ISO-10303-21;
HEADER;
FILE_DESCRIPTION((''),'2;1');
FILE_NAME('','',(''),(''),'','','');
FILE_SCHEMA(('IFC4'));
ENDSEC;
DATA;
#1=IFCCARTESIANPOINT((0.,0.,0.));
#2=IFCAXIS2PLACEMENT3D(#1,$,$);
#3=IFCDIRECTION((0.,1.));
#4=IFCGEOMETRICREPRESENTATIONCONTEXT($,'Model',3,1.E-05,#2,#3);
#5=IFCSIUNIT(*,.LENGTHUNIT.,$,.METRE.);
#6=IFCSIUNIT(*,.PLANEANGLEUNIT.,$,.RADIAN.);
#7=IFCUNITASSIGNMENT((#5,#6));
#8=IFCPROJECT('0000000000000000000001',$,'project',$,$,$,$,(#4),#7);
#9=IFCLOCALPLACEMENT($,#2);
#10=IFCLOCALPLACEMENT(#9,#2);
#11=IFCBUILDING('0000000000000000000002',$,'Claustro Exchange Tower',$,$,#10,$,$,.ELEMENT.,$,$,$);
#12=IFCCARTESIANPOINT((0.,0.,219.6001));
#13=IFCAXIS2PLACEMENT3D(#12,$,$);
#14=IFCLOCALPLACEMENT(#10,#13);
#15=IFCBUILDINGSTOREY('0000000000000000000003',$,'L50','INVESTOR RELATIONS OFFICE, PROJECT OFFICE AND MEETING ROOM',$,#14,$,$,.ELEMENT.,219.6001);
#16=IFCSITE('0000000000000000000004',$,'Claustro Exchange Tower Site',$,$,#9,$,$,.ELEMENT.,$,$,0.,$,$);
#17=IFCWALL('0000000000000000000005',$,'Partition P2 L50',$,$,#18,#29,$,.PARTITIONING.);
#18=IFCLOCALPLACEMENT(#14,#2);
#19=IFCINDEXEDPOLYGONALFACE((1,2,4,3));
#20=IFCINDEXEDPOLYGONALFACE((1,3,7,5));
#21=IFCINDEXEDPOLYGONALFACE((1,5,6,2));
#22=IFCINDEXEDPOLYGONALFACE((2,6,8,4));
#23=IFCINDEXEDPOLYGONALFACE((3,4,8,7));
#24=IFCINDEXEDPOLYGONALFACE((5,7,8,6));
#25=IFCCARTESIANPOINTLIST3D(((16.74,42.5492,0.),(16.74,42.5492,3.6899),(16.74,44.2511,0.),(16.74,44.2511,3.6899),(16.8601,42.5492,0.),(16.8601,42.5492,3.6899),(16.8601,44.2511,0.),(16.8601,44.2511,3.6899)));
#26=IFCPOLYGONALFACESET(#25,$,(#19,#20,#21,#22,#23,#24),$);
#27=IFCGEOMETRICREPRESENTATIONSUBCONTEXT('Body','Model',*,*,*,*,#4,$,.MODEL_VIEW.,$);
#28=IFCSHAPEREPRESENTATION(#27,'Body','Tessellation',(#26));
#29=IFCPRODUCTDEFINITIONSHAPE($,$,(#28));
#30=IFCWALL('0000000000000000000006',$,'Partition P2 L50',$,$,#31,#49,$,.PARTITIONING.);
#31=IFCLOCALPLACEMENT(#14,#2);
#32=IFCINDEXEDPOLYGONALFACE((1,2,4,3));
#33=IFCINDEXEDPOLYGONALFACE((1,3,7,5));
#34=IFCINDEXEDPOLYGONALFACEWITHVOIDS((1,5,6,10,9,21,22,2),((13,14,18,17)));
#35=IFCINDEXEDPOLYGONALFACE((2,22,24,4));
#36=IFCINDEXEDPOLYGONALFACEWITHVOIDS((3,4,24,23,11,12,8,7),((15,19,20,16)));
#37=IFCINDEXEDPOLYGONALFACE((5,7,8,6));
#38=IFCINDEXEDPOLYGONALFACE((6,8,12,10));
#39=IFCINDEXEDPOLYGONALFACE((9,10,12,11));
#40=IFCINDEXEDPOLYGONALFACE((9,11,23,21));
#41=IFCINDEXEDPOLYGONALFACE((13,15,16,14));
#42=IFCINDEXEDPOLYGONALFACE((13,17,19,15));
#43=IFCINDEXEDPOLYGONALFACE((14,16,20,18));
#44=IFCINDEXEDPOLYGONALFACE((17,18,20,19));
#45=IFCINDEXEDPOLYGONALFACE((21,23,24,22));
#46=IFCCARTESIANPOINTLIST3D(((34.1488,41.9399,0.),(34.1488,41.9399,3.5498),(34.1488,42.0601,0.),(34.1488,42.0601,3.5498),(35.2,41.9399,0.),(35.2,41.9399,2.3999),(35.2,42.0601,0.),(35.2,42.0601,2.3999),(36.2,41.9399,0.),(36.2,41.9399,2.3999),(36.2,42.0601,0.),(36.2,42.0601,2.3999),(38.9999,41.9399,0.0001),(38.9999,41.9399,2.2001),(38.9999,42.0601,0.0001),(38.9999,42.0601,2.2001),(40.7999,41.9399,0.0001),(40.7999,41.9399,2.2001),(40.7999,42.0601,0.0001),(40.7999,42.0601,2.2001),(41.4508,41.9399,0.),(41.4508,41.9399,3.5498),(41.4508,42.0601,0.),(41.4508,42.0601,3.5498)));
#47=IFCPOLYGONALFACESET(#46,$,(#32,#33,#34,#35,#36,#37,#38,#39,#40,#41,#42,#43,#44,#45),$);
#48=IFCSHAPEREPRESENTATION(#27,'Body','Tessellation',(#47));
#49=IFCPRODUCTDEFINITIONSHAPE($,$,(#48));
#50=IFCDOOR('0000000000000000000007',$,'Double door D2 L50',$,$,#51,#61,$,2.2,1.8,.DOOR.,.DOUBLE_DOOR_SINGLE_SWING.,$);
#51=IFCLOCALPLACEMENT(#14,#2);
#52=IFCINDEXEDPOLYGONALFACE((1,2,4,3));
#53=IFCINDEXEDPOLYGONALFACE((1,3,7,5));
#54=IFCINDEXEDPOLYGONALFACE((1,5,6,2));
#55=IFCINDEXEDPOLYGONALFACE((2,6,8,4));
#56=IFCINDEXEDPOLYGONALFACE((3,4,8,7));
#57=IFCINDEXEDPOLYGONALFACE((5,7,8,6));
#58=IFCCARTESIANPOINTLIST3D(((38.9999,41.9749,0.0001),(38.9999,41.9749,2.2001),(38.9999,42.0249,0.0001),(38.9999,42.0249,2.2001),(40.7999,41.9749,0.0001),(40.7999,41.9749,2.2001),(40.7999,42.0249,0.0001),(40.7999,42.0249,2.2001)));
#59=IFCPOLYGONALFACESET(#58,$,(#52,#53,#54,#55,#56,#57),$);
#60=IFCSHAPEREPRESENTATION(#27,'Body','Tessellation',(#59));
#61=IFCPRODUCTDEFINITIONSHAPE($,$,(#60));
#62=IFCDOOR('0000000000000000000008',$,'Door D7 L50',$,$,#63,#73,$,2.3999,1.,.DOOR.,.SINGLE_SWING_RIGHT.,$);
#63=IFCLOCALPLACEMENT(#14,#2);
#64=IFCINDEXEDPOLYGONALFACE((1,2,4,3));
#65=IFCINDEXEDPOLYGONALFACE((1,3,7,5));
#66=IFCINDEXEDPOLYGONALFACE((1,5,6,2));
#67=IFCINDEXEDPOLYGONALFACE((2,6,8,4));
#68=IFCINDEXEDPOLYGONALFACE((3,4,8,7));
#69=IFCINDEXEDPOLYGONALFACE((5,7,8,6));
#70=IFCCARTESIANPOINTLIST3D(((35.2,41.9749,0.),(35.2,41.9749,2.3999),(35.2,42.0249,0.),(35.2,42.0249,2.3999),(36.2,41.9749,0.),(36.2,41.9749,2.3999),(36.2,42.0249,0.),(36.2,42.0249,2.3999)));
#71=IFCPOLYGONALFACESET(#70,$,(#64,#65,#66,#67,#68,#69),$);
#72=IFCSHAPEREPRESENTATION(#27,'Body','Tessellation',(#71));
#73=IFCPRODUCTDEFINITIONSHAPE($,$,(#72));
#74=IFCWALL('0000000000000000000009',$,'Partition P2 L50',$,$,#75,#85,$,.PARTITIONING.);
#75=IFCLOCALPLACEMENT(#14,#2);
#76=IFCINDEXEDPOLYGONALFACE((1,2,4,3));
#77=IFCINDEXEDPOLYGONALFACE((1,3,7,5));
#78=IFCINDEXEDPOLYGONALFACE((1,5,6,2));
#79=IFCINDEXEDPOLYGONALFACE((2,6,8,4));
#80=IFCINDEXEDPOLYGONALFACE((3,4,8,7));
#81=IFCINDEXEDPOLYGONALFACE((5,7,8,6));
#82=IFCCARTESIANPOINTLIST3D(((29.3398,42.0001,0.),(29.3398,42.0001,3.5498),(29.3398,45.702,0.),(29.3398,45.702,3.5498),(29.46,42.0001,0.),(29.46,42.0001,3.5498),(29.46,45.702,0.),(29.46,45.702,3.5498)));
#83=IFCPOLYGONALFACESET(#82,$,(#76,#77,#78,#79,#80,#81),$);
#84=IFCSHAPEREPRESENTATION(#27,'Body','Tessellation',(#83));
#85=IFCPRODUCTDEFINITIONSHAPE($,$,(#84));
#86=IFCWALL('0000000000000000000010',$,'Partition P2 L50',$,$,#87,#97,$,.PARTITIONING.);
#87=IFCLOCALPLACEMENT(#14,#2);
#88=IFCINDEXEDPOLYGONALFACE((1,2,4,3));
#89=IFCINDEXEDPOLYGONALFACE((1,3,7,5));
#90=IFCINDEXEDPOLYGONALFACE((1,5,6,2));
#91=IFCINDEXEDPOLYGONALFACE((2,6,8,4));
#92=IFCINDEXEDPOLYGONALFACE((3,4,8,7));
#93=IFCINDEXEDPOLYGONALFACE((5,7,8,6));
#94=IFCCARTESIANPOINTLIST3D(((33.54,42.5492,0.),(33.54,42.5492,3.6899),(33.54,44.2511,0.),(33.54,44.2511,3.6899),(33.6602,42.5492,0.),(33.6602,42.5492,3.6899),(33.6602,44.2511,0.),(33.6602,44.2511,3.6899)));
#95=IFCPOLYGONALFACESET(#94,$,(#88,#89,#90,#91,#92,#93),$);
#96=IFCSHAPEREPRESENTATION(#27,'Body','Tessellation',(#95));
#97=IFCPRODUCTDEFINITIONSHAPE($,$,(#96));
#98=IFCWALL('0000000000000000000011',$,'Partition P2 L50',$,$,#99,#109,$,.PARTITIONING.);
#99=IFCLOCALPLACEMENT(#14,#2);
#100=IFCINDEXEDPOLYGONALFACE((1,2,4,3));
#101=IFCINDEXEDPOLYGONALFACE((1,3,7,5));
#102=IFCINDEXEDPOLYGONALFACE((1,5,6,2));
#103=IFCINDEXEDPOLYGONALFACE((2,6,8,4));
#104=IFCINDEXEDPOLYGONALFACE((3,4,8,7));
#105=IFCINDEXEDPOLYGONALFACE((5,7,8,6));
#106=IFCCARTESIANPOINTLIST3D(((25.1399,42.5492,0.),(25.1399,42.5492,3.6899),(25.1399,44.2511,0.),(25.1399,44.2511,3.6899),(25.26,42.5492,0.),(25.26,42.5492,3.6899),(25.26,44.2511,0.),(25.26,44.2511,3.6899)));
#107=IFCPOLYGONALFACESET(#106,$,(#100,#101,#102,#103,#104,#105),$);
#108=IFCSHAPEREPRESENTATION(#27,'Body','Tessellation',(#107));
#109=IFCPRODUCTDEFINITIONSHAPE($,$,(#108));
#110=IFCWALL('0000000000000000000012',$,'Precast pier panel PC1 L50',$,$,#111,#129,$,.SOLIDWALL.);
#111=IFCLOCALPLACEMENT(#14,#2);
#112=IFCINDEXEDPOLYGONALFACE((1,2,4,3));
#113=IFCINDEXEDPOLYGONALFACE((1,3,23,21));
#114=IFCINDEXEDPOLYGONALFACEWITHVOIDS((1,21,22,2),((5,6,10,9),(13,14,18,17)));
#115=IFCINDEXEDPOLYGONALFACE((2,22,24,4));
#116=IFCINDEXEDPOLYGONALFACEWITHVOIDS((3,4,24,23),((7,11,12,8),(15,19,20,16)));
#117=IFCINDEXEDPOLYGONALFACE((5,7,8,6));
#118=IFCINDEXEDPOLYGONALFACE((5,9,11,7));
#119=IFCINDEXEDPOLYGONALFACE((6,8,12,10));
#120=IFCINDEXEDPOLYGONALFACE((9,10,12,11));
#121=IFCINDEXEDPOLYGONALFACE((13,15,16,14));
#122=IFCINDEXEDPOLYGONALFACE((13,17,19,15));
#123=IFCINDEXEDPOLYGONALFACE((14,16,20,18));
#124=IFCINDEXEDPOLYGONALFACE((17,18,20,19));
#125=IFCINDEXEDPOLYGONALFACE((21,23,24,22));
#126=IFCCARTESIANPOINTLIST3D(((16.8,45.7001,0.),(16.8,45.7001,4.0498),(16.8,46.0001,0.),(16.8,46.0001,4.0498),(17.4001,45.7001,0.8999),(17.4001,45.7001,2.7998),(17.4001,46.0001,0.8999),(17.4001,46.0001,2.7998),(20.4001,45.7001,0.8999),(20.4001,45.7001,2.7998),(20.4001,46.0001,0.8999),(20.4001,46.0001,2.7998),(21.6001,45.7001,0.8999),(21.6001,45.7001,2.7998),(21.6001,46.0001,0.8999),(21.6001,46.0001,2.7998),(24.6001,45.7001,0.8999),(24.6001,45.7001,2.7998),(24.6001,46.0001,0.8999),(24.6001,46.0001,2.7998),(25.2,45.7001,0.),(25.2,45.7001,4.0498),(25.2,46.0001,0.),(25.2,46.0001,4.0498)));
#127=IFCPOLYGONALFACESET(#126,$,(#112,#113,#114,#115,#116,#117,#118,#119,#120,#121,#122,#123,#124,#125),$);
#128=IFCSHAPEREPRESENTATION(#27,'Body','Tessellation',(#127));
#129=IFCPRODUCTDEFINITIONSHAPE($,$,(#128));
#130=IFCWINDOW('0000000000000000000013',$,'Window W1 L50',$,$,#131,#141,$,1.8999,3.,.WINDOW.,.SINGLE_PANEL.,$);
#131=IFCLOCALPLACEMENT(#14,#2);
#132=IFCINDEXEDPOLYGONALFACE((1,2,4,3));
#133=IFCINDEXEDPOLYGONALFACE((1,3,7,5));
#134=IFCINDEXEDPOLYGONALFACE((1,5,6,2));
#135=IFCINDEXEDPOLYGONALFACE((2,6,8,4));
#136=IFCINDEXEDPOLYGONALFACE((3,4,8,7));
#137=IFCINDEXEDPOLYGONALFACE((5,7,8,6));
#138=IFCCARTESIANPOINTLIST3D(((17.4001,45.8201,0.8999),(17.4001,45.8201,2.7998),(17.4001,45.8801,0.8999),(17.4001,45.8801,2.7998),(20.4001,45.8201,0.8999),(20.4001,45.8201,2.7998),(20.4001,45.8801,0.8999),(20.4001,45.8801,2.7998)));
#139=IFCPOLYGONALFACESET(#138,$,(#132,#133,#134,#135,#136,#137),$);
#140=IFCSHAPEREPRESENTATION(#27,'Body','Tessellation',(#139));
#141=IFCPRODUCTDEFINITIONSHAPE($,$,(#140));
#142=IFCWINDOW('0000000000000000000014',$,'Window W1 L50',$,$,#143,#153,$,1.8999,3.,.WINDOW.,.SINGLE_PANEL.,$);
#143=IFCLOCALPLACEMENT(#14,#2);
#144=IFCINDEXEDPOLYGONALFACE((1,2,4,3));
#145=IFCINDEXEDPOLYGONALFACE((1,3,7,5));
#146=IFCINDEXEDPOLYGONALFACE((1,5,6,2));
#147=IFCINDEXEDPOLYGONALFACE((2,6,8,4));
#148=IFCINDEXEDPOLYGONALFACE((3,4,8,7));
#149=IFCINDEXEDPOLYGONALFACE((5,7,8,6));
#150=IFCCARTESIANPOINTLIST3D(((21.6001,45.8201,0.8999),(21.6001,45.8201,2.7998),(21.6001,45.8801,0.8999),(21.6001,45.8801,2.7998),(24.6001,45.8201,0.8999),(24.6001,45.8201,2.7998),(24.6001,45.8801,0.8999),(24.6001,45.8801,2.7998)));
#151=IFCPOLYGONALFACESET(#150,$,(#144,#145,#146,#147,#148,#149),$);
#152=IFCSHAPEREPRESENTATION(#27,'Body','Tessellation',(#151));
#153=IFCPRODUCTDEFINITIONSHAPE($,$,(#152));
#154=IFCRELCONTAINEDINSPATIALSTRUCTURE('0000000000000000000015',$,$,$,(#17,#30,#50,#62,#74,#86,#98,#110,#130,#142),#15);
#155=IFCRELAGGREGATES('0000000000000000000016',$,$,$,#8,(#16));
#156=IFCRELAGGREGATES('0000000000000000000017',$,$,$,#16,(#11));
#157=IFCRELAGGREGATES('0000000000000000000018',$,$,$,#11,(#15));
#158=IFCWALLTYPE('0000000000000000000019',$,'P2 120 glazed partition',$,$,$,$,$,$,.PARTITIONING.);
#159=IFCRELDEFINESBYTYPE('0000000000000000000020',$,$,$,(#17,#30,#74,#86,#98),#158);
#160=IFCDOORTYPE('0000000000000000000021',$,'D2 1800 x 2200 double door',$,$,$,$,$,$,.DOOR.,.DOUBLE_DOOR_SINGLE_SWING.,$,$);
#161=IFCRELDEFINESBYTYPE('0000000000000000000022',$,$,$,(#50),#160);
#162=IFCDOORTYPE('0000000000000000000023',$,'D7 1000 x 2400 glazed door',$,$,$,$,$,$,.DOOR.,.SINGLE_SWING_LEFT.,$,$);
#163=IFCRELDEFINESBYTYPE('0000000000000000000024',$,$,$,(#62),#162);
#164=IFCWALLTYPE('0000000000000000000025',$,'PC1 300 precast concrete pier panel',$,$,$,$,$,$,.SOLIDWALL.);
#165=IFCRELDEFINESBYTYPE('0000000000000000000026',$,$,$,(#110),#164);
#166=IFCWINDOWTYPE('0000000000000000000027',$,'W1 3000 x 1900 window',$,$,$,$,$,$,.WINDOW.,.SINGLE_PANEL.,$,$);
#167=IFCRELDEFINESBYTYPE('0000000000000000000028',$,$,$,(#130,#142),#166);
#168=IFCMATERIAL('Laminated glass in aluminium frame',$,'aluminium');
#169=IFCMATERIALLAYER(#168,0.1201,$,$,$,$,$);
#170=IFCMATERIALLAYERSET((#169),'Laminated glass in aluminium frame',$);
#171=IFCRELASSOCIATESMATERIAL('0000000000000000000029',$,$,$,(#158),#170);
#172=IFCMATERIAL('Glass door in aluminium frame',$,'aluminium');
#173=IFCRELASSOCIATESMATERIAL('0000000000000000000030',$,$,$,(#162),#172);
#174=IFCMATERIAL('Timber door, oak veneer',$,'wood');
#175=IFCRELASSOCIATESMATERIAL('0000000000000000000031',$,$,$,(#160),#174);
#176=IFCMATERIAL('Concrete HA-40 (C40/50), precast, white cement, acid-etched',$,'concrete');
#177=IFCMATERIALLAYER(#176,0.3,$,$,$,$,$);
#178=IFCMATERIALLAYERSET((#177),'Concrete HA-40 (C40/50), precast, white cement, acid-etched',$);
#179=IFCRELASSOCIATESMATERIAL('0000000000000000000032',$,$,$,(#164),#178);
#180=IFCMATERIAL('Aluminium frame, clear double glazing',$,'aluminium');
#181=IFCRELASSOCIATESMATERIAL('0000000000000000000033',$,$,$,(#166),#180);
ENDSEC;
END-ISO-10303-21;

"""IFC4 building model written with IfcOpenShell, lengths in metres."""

from ifc_helpers import new_model, si_unit, direction, frame, frame_2d, origin, place, context, subcontext, project, spatial, rectangle, extrude, material, layer, layer_set, type_object, element, fill, save


model = new_model("IFC4")

# Units and contexts
model_context = context("Model", 3, precision=1e-05, world=origin(), true_north=direction((0.0, 1.0)))
body_context = subcontext(model_context, "Body", "Model", "MODEL_VIEW")
ifc_project = project(units=[si_unit("LENGTHUNIT", "METRE"), si_unit("PLANEANGLEUNIT", "RADIAN")], contexts=[model_context])

# Site, building, storey
site_placement = place(None, origin())
site = spatial("IfcSite", under=ifc_project, at=site_placement, Name="Claustro Exchange Tower Site", CompositionType="ELEMENT", RefElevation=0.0)
building_placement = place(site_placement, origin())
building = spatial("IfcBuilding", under=site, at=building_placement, Name="Claustro Exchange Tower", CompositionType="ELEMENT")
storey_placement = place(building_placement, frame((0.0, 0.0, 219.6001)))
storey = spatial("IfcBuildingStorey", under=building, at=storey_placement, Name="L50", Description="INVESTOR RELATIONS OFFICE, PROJECT OFFICE AND MEETING ROOM", CompositionType="ELEMENT", Elevation=219.6001)

# Wall
ifc_material_1 = material(Name="Laminated glass in aluminium frame", Category="aluminium")
ifc_layer_1 = layer(ifc_material_1, 0.1201)
ifc_layer_set_1 = layer_set([ifc_layer_1], Name="Laminated glass in aluminium frame")
wall_type_1 = type_object("IfcWallType", Name="P2 120 glazed partition", PredefinedType="PARTITIONING", material=ifc_layer_set_1)
wall_1_placement = place(storey_placement, frame((16.8, 42.5491, 0.0), z_axis=(0.0, 0.0, 1.0), x_axis=(0.0, 1.0, 0.0)))
element("IfcWall", 1, at=wall_1_placement, inside=storey, type_object=wall_type_1, Name="Partition P2 L50", PredefinedType="PARTITIONING", context=body_context, shape_type="SweptSolid", body=[
    extrude(rectangle(XDim=1.7019, YDim=0.1201, at=frame_2d((0.8511, 0.0))), origin(), (0.0, 0.0, 1.0), 3.6899),
])

# Shared definitions
ifc_material_2 = material(Name="Glass door in aluminium frame", Category="aluminium")
door_type_1 = type_object("IfcDoorType", Name="D7 1000 x 2400 glazed door", OperationType="SINGLE_SWING_LEFT", PredefinedType="DOOR", material=ifc_material_2)

# Wall, openings, doors
wall_2_placement = place(storey_placement, frame((34.1489, 42.0, 0.0), z_axis=(0.0, 0.0, 1.0), x_axis=(1.0, 0.0, 0.0)))
wall_2 = element("IfcWall", 2, at=wall_2_placement, inside=storey, type_object=wall_type_1, Name="Partition P2 L50", PredefinedType="PARTITIONING", context=body_context, shape_type="SweptSolid", body=[
    extrude(rectangle(XDim=7.302, YDim=0.1201, at=frame_2d((3.6509, 0.0))), origin(), (0.0, 0.0, 1.0), 3.5498),
])
opening_1_placement = place(wall_2_placement, frame((1.051, 0.0, 0.0)))
opening_1 = element("IfcOpeningElement", 3, at=opening_1_placement, cuts=wall_2, PredefinedType="OPENING", context=body_context, shape_type="SweptSolid", body=[
    extrude(rectangle(XDim=1.0, YDim=2.3999, at=frame_2d((0.5, 1.2))), frame((0.0, 0.0701, 0.0), z_axis=(0.0, -1.0, 0.0), x_axis=(1.0, 0.0, 0.0)), (0.0, 0.0, 1.0), 0.1401),
])
opening_2_placement = place(wall_2_placement, frame((4.8511, 0.0, 0.0)))
opening_2 = element("IfcOpeningElement", 4, at=opening_2_placement, cuts=wall_2, PredefinedType="OPENING", context=body_context, shape_type="SweptSolid", body=[
    extrude(rectangle(XDim=1.8, YDim=2.2, at=frame_2d((0.8999, 1.1001))), frame((0.0, 0.0701, 0.0), z_axis=(0.0, -1.0, 0.0), x_axis=(1.0, 0.0, 0.0)), (0.0, 0.0, 1.0), 0.1401),
])
ifc_material_3 = material(Name="Timber door, oak veneer", Category="wood")
door_type_2 = type_object("IfcDoorType", Name="D2 1800 x 2200 double door", OperationType="DOUBLE_DOOR_SINGLE_SWING", PredefinedType="DOOR", material=ifc_material_3)
door_1_placement = place(opening_2_placement, origin())
door_1 = element("IfcDoor", 5, at=door_1_placement, inside=storey, type_object=door_type_2, Name="Double door D2 L50", OperationType="DOUBLE_DOOR_SINGLE_SWING", OverallHeight=2.2, OverallWidth=1.8, PredefinedType="DOOR", context=body_context, shape_type="SweptSolid", body=[
    extrude(rectangle(XDim=1.8, YDim=2.2, at=frame_2d((0.8999, 1.1001))), frame((0.0, 0.0249, 0.0), z_axis=(0.0, -1.0, 0.0), x_axis=(1.0, 0.0, 0.0)), (0.0, 0.0, 1.0), 0.05),
])
fill(opening_2, door_1)
door_2_placement = place(opening_1_placement, origin())
door_2 = element("IfcDoor", 6, at=door_2_placement, inside=storey, type_object=door_type_1, Name="Door D7 L50", OperationType="SINGLE_SWING_RIGHT", OverallHeight=2.3999, OverallWidth=1.0, PredefinedType="DOOR", context=body_context, shape_type="SweptSolid", body=[
    extrude(rectangle(XDim=1.0, YDim=2.3999, at=frame_2d((0.5, 1.2))), frame((0.0, 0.0249, 0.0), z_axis=(0.0, -1.0, 0.0), x_axis=(1.0, 0.0, 0.0)), (0.0, 0.0, 1.0), 0.05),
])
fill(opening_1, door_2)

# Walls
wall_3_placement = place(storey_placement, frame((29.3999, 42.0, 0.0), z_axis=(0.0, 0.0, 1.0), x_axis=(0.0, 1.0, 0.0)))
element("IfcWall", 7, at=wall_3_placement, inside=storey, type_object=wall_type_1, Name="Partition P2 L50", PredefinedType="PARTITIONING", context=body_context, shape_type="SweptSolid", body=[
    extrude(rectangle(XDim=3.7019, YDim=0.1201, at=frame_2d((1.8511, 0.0))), origin(), (0.0, 0.0, 1.0), 3.5498),
])
for number, where, z_axis, x_axis, name in (
    (8, (33.6001, 42.5491, 0.0), (0.0, 0.0, 1.0), (0.0, 1.0, 0.0), "Partition P2 L50"),
    (9, (25.2, 42.5491, 0.0), (0.0, 0.0, 1.0), (0.0, 1.0, 0.0), "Partition P2 L50"),
):
    element("IfcWall", number, at=place(storey_placement, frame(where, z_axis=z_axis, x_axis=x_axis)), inside=storey, type_object=wall_type_1, Name=name, PredefinedType="PARTITIONING", context=body_context, shape_type="SweptSolid", body=[
        extrude(rectangle(XDim=1.7019, YDim=0.1201, at=frame_2d((0.8511, 0.0))), origin(), (0.0, 0.0, 1.0), 3.6899),
    ])

# Wall, openings, windows
ifc_material_4 = material(Name="Concrete HA-40 (C40/50), precast, white cement, acid-etched", Category="concrete")
ifc_layer_2 = layer(ifc_material_4, 0.3)
ifc_layer_set_2 = layer_set([ifc_layer_2], Name="Concrete HA-40 (C40/50), precast, white cement, acid-etched")
wall_type_2 = type_object("IfcWallType", Name="PC1 300 precast concrete pier panel", PredefinedType="SOLIDWALL", material=ifc_layer_set_2)
wall_4_placement = place(storey_placement, frame((16.8, 45.8501, 0.0), z_axis=(0.0, 0.0, 1.0), x_axis=(1.0, 0.0, 0.0)))
wall_4 = element("IfcWall", 10, at=wall_4_placement, inside=storey, type_object=wall_type_2, Name="Precast pier panel PC1 L50", PredefinedType="SOLIDWALL", context=body_context, shape_type="SweptSolid", body=[
    extrude(rectangle(XDim=8.3999, YDim=0.3, at=frame_2d((4.2, 0.0))), origin(), (0.0, 0.0, 1.0), 4.0498),
])
opening_3_placement = place(wall_4_placement, frame((0.6001, 0.0, 0.8999)))
opening_3 = element("IfcOpeningElement", 11, at=opening_3_placement, cuts=wall_4, PredefinedType="OPENING", context=body_context, shape_type="SweptSolid", body=[
    extrude(rectangle(XDim=3.0, YDim=1.8999, at=frame_2d((1.5, 0.95))), frame((0.0, 0.1599, 0.0), z_axis=(0.0, -1.0, 0.0), x_axis=(1.0, 0.0, 0.0)), (0.0, 0.0, 1.0), 0.3201),
])
opening_4_placement = place(wall_4_placement, frame((4.8, 0.0, 0.8999)))
opening_4 = element("IfcOpeningElement", 12, at=opening_4_placement, cuts=wall_4, PredefinedType="OPENING", context=body_context, shape_type="SweptSolid", body=[
    extrude(rectangle(XDim=3.0, YDim=1.8999, at=frame_2d((1.5, 0.95))), frame((0.0, 0.1599, 0.0), z_axis=(0.0, -1.0, 0.0), x_axis=(1.0, 0.0, 0.0)), (0.0, 0.0, 1.0), 0.3201),
])
ifc_material_5 = material(Name="Aluminium frame, clear double glazing", Category="aluminium")
window_type = type_object("IfcWindowType", Name="W1 3000 x 1900 window", PartitioningType="SINGLE_PANEL", PredefinedType="WINDOW", material=ifc_material_5)
window_1_placement = place(opening_3_placement, origin())
window_1 = element("IfcWindow", 13, at=window_1_placement, inside=storey, type_object=window_type, Name="Window W1 L50", OverallHeight=1.8999, OverallWidth=3.0, PartitioningType="SINGLE_PANEL", PredefinedType="WINDOW", context=body_context, shape_type="SweptSolid", body=[
    extrude(rectangle(XDim=3.0, YDim=1.8999, at=frame_2d((1.5, 0.95))), frame((0.0, 0.03, 0.0), z_axis=(0.0, -1.0, 0.0), x_axis=(1.0, 0.0, 0.0)), (0.0, 0.0, 1.0), 0.0601),
])
fill(opening_3, window_1)
window_2_placement = place(opening_4_placement, origin())
window_2 = element("IfcWindow", 14, at=window_2_placement, inside=storey, type_object=window_type, Name="Window W1 L50", OverallHeight=1.8999, OverallWidth=3.0, PartitioningType="SINGLE_PANEL", PredefinedType="WINDOW", context=body_context, shape_type="SweptSolid", body=[
    extrude(rectangle(XDim=3.0, YDim=1.8999, at=frame_2d((1.5, 0.95))), frame((0.0, 0.03, 0.0), z_axis=(0.0, -1.0, 0.0), x_axis=(1.0, 0.0, 0.0)), (0.0, 0.0, 1.0), 0.0601),
])
fill(opening_4, window_2)

save(model, "model.ifc")
